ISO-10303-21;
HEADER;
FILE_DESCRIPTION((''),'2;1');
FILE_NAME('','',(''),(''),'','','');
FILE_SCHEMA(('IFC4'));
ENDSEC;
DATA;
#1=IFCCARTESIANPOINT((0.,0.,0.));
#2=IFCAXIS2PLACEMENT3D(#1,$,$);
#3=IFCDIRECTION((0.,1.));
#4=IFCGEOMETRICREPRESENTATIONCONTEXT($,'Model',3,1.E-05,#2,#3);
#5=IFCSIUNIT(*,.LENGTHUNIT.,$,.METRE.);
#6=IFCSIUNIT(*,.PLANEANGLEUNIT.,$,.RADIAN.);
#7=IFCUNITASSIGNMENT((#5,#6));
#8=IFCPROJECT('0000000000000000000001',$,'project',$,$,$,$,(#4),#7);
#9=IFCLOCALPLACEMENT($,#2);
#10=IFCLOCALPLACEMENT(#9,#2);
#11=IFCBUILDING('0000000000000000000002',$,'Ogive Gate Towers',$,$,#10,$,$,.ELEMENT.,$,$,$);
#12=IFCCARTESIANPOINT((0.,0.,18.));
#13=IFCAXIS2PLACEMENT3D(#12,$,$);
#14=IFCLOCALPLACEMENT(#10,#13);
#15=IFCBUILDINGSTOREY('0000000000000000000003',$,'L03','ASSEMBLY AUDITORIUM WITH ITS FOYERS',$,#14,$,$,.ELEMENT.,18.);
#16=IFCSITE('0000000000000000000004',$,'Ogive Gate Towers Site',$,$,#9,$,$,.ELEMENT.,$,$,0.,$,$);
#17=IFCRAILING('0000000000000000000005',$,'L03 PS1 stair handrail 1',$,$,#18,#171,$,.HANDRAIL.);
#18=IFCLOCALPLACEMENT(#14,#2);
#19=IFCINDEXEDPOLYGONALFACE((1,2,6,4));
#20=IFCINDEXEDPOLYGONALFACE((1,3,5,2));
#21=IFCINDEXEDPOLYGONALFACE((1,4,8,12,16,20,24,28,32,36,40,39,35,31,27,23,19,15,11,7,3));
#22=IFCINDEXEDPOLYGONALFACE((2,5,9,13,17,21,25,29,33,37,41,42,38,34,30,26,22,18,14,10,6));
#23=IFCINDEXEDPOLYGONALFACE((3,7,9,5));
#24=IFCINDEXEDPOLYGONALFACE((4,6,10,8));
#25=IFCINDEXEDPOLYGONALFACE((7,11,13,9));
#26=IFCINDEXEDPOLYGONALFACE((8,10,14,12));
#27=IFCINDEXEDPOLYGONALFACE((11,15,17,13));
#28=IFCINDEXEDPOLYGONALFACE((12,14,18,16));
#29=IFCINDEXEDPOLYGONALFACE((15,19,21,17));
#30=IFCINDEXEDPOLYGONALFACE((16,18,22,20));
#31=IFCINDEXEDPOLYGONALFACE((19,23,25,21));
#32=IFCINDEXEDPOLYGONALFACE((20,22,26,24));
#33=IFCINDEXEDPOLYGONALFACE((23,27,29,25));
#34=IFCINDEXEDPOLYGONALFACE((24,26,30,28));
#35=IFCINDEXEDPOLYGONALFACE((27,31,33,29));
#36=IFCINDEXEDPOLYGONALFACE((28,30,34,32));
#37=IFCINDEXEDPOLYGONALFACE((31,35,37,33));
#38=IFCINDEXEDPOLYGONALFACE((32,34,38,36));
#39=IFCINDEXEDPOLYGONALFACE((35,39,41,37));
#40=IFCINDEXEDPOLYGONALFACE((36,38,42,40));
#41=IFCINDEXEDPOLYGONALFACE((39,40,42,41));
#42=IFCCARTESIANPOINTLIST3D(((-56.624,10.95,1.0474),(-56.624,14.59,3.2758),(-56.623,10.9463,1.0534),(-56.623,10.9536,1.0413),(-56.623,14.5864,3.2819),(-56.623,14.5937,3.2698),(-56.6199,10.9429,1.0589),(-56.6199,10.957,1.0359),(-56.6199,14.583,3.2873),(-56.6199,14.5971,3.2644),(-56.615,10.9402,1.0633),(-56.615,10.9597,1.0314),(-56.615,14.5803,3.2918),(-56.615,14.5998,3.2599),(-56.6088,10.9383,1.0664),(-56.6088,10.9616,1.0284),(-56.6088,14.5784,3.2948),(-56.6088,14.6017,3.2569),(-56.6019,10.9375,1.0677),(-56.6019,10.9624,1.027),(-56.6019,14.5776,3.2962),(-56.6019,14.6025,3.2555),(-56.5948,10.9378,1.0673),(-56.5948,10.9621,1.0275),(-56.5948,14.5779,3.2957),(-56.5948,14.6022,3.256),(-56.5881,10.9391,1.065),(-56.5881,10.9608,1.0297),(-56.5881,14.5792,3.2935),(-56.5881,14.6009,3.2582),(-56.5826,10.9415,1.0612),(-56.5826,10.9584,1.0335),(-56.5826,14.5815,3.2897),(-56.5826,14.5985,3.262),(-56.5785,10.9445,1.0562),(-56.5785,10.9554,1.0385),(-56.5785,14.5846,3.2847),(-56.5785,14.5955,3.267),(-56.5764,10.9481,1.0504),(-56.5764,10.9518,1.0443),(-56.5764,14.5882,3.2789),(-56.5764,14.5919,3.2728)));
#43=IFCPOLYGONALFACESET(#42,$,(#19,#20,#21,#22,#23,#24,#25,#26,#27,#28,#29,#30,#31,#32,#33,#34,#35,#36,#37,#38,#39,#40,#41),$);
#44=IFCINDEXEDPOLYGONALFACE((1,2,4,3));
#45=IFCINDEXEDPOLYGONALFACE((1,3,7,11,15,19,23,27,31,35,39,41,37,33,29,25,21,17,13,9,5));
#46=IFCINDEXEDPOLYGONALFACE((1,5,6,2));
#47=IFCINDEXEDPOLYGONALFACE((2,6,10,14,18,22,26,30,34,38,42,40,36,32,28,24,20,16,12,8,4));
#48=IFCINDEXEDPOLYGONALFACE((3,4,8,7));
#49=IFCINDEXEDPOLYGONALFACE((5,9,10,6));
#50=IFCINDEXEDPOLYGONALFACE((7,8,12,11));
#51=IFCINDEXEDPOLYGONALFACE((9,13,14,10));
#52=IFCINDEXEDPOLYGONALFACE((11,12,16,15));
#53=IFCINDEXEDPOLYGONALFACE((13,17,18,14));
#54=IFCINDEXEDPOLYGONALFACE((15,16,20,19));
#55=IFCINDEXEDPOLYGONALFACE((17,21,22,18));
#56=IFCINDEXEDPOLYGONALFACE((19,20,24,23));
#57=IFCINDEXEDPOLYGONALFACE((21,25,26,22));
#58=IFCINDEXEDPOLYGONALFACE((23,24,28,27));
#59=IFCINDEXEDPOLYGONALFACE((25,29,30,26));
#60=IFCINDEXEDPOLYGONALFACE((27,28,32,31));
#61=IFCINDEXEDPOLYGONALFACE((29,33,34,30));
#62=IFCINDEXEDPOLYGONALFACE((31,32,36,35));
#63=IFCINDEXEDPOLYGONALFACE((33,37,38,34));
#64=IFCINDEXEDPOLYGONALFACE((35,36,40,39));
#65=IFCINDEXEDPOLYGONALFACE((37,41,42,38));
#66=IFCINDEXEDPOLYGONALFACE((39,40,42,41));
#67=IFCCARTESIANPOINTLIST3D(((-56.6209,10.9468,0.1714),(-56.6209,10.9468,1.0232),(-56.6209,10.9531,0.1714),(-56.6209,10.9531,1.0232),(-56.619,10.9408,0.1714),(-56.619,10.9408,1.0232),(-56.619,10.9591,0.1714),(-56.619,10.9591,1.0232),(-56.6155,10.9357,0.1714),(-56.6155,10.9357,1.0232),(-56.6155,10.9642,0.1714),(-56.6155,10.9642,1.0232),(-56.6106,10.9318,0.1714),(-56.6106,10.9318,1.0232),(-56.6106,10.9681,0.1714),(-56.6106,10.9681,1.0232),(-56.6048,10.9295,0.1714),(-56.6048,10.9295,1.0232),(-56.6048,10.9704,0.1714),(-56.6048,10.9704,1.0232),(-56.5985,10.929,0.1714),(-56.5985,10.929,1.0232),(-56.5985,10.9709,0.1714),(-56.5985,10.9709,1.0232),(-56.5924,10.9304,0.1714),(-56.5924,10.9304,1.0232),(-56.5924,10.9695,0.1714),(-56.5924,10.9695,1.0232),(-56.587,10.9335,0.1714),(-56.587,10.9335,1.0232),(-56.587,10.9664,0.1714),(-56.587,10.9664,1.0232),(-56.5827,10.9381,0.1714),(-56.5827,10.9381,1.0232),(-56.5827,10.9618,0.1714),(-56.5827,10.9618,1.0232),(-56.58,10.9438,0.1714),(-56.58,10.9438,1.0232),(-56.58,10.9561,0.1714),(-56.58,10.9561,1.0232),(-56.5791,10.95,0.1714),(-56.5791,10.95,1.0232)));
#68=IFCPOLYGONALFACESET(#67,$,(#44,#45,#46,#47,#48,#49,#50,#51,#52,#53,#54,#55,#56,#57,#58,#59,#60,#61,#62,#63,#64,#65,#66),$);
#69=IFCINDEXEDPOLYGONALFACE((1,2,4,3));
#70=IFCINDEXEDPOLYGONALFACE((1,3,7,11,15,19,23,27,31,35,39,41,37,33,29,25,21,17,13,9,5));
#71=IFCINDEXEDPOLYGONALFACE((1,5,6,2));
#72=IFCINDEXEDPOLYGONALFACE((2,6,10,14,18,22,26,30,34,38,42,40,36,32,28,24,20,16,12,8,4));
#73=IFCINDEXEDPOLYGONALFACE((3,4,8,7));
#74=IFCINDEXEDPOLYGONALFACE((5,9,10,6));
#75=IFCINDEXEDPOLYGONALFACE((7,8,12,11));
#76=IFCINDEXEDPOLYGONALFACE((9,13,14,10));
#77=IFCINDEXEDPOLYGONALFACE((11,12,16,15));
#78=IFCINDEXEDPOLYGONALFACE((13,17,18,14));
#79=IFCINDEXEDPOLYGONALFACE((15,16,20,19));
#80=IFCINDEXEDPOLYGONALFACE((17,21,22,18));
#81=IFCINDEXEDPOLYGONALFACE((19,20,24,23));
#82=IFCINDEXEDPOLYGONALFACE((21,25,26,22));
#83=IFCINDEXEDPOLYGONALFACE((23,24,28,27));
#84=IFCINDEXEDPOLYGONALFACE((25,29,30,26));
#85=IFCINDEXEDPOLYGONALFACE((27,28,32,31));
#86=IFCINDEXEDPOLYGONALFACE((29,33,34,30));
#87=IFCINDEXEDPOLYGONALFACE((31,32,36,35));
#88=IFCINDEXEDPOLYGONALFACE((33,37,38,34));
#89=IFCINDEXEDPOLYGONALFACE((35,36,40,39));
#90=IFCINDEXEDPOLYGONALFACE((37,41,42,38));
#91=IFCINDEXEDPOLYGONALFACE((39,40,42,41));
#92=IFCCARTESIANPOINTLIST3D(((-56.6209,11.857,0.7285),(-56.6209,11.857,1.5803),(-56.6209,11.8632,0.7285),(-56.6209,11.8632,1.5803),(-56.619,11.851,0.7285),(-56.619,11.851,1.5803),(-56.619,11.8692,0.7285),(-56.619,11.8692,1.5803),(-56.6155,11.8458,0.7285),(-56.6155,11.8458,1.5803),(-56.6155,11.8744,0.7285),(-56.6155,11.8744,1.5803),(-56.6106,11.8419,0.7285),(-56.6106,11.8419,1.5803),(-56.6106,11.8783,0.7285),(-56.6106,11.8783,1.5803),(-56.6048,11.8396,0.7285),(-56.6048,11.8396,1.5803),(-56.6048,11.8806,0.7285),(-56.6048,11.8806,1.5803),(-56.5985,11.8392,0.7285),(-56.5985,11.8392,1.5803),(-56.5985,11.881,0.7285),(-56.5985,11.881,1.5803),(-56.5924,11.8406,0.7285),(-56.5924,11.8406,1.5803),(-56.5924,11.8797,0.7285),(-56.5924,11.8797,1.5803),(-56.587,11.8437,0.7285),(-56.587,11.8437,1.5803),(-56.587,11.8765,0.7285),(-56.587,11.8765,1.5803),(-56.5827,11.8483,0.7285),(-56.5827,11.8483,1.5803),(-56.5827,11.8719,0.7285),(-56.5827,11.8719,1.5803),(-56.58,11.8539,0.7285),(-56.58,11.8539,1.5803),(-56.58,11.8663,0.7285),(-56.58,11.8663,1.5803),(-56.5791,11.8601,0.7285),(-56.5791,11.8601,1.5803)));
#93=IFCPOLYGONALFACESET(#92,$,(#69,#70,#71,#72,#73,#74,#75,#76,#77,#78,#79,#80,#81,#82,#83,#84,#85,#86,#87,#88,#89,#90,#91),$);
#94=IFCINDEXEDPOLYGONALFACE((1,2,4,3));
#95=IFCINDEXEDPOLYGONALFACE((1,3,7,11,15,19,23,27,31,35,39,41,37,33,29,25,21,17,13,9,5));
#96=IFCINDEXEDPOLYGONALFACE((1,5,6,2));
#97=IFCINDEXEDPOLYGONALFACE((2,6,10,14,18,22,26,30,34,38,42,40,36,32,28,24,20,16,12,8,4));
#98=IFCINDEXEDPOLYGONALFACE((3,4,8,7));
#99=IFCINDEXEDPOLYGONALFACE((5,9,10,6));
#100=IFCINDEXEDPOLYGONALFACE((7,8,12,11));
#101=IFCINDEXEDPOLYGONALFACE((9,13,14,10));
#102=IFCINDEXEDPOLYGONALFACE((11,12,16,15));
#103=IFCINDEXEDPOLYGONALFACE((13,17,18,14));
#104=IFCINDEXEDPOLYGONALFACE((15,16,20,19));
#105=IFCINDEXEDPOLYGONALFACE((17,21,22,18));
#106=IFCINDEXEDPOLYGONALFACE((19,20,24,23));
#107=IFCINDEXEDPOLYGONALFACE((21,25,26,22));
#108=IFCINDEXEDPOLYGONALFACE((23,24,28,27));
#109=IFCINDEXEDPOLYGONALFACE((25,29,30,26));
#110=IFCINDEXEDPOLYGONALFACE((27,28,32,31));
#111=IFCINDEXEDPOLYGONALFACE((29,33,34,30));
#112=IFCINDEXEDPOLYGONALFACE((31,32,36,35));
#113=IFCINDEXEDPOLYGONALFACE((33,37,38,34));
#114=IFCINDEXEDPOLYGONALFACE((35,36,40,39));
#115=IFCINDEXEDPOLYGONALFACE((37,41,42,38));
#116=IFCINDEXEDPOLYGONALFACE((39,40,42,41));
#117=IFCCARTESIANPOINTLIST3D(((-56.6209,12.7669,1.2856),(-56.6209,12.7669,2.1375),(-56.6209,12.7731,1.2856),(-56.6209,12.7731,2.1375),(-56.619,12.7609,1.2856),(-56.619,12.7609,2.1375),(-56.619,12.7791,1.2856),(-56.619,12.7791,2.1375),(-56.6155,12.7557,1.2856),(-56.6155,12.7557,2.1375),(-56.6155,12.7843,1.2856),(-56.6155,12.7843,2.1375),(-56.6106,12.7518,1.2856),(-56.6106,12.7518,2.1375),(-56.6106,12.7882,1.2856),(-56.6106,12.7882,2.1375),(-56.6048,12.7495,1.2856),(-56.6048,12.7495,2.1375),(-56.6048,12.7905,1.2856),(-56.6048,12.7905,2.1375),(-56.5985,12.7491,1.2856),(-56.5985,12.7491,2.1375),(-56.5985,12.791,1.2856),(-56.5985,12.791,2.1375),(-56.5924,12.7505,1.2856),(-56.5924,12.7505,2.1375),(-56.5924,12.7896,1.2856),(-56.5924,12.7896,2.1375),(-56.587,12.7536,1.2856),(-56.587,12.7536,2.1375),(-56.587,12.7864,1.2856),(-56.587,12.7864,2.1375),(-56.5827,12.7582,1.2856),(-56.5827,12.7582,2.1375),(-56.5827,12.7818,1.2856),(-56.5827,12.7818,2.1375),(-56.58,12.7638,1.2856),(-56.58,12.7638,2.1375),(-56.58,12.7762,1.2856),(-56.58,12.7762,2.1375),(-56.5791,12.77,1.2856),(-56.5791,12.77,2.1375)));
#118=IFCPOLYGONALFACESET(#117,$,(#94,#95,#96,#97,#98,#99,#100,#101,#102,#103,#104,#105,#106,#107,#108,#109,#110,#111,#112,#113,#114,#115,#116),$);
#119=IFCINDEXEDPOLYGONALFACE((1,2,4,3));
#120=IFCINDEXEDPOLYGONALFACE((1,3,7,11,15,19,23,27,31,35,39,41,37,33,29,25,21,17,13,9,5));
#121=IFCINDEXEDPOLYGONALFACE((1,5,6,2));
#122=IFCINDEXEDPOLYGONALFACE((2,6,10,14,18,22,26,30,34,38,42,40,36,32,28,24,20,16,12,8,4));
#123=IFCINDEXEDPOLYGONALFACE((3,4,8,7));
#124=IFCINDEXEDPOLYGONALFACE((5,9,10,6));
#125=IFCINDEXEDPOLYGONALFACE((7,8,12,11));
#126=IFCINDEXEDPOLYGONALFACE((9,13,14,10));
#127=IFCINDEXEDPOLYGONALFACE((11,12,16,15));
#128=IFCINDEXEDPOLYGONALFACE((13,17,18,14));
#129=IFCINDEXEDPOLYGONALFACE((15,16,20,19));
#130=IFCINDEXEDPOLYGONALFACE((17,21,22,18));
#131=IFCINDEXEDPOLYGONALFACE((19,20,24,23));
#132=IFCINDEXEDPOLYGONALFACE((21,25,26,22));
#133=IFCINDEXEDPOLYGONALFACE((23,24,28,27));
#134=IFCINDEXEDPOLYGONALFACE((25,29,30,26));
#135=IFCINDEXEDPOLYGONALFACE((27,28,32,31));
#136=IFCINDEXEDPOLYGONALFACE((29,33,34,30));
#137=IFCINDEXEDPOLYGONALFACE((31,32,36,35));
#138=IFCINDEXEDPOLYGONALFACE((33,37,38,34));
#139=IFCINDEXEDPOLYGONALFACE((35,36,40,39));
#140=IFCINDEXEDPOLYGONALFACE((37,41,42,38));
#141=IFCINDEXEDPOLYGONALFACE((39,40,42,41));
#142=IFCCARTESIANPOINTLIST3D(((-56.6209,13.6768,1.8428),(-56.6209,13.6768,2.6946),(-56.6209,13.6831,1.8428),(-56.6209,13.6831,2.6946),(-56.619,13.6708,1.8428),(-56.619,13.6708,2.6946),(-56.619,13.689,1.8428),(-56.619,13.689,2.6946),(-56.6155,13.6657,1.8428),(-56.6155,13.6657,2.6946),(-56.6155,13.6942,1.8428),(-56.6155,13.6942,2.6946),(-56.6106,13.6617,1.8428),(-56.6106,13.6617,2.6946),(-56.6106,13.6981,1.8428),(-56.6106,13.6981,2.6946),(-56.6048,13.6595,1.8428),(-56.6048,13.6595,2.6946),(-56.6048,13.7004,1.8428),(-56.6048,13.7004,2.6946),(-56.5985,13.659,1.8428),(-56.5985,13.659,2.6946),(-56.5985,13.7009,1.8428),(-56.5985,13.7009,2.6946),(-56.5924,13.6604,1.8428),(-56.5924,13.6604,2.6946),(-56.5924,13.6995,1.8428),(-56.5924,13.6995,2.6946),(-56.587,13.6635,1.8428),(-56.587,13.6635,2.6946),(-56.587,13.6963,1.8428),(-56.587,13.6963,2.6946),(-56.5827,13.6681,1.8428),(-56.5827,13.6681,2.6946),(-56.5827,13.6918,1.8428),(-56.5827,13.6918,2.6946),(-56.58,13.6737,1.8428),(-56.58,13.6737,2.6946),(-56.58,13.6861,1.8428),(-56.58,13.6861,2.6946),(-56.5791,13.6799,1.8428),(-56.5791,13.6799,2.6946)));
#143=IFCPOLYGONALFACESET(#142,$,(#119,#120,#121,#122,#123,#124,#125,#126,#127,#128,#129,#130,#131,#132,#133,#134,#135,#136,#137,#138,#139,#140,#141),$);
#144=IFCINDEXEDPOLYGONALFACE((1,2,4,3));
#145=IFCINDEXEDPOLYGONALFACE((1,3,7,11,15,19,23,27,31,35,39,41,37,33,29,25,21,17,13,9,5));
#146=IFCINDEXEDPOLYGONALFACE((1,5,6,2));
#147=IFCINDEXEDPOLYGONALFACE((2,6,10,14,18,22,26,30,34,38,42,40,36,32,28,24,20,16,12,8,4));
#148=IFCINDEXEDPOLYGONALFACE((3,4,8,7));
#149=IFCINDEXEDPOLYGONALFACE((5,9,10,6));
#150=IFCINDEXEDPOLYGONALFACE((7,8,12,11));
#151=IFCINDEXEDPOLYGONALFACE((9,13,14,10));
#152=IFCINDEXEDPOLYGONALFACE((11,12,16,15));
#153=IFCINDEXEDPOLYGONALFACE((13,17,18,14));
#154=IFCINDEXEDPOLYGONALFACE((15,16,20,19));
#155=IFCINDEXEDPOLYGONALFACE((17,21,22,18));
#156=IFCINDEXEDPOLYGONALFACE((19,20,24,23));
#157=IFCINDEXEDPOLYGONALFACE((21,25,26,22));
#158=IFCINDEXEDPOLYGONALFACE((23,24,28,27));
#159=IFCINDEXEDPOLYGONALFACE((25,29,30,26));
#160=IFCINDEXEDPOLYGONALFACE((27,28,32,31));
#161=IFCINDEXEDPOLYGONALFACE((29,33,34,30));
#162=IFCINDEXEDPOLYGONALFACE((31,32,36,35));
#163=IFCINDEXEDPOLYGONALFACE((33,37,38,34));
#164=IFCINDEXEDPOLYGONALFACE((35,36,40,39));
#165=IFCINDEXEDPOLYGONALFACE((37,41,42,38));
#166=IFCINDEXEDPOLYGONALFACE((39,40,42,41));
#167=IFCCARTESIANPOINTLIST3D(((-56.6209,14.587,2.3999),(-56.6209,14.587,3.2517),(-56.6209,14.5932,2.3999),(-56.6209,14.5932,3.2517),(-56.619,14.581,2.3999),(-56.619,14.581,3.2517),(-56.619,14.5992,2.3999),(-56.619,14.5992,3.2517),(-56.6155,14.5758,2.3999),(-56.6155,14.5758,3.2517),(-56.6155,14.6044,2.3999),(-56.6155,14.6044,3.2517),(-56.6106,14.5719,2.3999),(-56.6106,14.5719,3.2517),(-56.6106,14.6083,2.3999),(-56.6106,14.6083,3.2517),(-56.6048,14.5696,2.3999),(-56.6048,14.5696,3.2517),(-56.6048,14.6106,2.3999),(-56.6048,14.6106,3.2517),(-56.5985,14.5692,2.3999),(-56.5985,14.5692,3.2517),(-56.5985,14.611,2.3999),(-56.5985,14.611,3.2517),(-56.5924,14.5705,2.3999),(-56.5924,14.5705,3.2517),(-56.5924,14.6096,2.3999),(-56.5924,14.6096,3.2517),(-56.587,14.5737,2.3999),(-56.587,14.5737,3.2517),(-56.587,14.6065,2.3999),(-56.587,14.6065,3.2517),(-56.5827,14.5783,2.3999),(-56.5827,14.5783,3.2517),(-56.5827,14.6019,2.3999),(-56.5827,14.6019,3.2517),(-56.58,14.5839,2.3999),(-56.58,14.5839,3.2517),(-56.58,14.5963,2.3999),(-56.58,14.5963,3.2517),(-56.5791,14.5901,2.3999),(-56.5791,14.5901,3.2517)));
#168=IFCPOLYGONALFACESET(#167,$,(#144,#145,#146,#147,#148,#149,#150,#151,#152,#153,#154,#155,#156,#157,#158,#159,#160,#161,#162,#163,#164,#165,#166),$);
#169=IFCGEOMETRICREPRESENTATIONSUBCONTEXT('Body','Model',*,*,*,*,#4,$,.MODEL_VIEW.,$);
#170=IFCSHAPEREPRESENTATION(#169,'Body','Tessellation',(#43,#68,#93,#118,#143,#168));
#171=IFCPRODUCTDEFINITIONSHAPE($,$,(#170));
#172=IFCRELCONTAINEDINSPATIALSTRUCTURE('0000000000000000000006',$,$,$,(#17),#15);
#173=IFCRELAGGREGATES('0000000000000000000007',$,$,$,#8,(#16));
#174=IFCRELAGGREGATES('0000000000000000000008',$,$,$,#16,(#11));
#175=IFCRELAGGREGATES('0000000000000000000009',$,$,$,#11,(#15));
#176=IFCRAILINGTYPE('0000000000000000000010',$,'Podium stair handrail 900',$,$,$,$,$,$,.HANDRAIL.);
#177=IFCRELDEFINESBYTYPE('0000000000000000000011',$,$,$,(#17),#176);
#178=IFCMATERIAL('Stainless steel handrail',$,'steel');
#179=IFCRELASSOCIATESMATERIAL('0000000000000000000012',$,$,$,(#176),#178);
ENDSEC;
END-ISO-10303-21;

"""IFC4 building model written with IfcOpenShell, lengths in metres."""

from ifc_helpers import new_model, si_unit, direction, frame, origin, origin_2d, place, context, subcontext, project, spatial, circle, extrude, material, type_object, element, save


model = new_model("IFC4")

# Units and contexts
model_context = context("Model", 3, precision=1e-05, world=origin(), true_north=direction((0.0, 1.0)))
body_context = subcontext(model_context, "Body", "Model", "MODEL_VIEW")
ifc_project = project(units=[si_unit("LENGTHUNIT", "METRE"), si_unit("PLANEANGLEUNIT", "RADIAN")], contexts=[model_context])

# Site, building, storey
site_placement = place(None, origin())
site = spatial("IfcSite", under=ifc_project, at=site_placement, Name="Ogive Gate Towers Site", CompositionType="ELEMENT", RefElevation=0.0)
building_placement = place(site_placement, origin())
building = spatial("IfcBuilding", under=site, at=building_placement, Name="Ogive Gate Towers", CompositionType="ELEMENT")
storey_placement = place(building_placement, frame((0.0, 0.0, 18.0)))
storey = spatial("IfcBuildingStorey", under=building, at=storey_placement, Name="L03", Description="ASSEMBLY AUDITORIUM WITH ITS FOYERS", CompositionType="ELEMENT", Elevation=18.0)

# Railing
ifc_material_1 = material(Name="Stainless steel handrail", Category="steel")
railing_type_1 = type_object("IfcRailingType", Name="Podium stair handrail 900", PredefinedType="HANDRAIL", material=ifc_material_1)
railing_1_placement = place(storey_placement, frame((-56.6001, 10.95, 0.1714)))
element("IfcRailing", 1, at=railing_1_placement, inside=storey, type_object=railing_type_1, Name="L03 PS1 stair handrail 1", PredefinedType="HANDRAIL", context=body_context, shape_type="SweptSolid", body=[
    extrude(circle(Radius=0.0239, at=origin_2d()), frame((0.0, 0.0, 0.876), z_axis=(0.0, 0.852866, 0.52213), x_axis=(-1.0, 0.0, 0.0)), (0.0, 0.0, 1.0), 4.2681),
    extrude(circle(Radius=0.021, at=origin_2d()), origin(), (0.0, 0.0, 1.0), 0.8518),
    extrude(circle(Radius=0.021, at=origin_2d()), frame((0.0, 0.9102, 0.5571)), (0.0, 0.0, 1.0), 0.8518),
    extrude(circle(Radius=0.021, at=origin_2d()), frame((0.0, 1.8201, 1.1143)), (0.0, 0.0, 1.0), 0.8518),
    extrude(circle(Radius=0.021, at=origin_2d()), frame((0.0, 2.73, 1.6714)), (0.0, 0.0, 1.0), 0.8518),
    extrude(circle(Radius=0.021, at=origin_2d()), frame((0.0, 3.6401, 2.2285)), (0.0, 0.0, 1.0), 0.8518),
])

save(model, "model.ifc")
